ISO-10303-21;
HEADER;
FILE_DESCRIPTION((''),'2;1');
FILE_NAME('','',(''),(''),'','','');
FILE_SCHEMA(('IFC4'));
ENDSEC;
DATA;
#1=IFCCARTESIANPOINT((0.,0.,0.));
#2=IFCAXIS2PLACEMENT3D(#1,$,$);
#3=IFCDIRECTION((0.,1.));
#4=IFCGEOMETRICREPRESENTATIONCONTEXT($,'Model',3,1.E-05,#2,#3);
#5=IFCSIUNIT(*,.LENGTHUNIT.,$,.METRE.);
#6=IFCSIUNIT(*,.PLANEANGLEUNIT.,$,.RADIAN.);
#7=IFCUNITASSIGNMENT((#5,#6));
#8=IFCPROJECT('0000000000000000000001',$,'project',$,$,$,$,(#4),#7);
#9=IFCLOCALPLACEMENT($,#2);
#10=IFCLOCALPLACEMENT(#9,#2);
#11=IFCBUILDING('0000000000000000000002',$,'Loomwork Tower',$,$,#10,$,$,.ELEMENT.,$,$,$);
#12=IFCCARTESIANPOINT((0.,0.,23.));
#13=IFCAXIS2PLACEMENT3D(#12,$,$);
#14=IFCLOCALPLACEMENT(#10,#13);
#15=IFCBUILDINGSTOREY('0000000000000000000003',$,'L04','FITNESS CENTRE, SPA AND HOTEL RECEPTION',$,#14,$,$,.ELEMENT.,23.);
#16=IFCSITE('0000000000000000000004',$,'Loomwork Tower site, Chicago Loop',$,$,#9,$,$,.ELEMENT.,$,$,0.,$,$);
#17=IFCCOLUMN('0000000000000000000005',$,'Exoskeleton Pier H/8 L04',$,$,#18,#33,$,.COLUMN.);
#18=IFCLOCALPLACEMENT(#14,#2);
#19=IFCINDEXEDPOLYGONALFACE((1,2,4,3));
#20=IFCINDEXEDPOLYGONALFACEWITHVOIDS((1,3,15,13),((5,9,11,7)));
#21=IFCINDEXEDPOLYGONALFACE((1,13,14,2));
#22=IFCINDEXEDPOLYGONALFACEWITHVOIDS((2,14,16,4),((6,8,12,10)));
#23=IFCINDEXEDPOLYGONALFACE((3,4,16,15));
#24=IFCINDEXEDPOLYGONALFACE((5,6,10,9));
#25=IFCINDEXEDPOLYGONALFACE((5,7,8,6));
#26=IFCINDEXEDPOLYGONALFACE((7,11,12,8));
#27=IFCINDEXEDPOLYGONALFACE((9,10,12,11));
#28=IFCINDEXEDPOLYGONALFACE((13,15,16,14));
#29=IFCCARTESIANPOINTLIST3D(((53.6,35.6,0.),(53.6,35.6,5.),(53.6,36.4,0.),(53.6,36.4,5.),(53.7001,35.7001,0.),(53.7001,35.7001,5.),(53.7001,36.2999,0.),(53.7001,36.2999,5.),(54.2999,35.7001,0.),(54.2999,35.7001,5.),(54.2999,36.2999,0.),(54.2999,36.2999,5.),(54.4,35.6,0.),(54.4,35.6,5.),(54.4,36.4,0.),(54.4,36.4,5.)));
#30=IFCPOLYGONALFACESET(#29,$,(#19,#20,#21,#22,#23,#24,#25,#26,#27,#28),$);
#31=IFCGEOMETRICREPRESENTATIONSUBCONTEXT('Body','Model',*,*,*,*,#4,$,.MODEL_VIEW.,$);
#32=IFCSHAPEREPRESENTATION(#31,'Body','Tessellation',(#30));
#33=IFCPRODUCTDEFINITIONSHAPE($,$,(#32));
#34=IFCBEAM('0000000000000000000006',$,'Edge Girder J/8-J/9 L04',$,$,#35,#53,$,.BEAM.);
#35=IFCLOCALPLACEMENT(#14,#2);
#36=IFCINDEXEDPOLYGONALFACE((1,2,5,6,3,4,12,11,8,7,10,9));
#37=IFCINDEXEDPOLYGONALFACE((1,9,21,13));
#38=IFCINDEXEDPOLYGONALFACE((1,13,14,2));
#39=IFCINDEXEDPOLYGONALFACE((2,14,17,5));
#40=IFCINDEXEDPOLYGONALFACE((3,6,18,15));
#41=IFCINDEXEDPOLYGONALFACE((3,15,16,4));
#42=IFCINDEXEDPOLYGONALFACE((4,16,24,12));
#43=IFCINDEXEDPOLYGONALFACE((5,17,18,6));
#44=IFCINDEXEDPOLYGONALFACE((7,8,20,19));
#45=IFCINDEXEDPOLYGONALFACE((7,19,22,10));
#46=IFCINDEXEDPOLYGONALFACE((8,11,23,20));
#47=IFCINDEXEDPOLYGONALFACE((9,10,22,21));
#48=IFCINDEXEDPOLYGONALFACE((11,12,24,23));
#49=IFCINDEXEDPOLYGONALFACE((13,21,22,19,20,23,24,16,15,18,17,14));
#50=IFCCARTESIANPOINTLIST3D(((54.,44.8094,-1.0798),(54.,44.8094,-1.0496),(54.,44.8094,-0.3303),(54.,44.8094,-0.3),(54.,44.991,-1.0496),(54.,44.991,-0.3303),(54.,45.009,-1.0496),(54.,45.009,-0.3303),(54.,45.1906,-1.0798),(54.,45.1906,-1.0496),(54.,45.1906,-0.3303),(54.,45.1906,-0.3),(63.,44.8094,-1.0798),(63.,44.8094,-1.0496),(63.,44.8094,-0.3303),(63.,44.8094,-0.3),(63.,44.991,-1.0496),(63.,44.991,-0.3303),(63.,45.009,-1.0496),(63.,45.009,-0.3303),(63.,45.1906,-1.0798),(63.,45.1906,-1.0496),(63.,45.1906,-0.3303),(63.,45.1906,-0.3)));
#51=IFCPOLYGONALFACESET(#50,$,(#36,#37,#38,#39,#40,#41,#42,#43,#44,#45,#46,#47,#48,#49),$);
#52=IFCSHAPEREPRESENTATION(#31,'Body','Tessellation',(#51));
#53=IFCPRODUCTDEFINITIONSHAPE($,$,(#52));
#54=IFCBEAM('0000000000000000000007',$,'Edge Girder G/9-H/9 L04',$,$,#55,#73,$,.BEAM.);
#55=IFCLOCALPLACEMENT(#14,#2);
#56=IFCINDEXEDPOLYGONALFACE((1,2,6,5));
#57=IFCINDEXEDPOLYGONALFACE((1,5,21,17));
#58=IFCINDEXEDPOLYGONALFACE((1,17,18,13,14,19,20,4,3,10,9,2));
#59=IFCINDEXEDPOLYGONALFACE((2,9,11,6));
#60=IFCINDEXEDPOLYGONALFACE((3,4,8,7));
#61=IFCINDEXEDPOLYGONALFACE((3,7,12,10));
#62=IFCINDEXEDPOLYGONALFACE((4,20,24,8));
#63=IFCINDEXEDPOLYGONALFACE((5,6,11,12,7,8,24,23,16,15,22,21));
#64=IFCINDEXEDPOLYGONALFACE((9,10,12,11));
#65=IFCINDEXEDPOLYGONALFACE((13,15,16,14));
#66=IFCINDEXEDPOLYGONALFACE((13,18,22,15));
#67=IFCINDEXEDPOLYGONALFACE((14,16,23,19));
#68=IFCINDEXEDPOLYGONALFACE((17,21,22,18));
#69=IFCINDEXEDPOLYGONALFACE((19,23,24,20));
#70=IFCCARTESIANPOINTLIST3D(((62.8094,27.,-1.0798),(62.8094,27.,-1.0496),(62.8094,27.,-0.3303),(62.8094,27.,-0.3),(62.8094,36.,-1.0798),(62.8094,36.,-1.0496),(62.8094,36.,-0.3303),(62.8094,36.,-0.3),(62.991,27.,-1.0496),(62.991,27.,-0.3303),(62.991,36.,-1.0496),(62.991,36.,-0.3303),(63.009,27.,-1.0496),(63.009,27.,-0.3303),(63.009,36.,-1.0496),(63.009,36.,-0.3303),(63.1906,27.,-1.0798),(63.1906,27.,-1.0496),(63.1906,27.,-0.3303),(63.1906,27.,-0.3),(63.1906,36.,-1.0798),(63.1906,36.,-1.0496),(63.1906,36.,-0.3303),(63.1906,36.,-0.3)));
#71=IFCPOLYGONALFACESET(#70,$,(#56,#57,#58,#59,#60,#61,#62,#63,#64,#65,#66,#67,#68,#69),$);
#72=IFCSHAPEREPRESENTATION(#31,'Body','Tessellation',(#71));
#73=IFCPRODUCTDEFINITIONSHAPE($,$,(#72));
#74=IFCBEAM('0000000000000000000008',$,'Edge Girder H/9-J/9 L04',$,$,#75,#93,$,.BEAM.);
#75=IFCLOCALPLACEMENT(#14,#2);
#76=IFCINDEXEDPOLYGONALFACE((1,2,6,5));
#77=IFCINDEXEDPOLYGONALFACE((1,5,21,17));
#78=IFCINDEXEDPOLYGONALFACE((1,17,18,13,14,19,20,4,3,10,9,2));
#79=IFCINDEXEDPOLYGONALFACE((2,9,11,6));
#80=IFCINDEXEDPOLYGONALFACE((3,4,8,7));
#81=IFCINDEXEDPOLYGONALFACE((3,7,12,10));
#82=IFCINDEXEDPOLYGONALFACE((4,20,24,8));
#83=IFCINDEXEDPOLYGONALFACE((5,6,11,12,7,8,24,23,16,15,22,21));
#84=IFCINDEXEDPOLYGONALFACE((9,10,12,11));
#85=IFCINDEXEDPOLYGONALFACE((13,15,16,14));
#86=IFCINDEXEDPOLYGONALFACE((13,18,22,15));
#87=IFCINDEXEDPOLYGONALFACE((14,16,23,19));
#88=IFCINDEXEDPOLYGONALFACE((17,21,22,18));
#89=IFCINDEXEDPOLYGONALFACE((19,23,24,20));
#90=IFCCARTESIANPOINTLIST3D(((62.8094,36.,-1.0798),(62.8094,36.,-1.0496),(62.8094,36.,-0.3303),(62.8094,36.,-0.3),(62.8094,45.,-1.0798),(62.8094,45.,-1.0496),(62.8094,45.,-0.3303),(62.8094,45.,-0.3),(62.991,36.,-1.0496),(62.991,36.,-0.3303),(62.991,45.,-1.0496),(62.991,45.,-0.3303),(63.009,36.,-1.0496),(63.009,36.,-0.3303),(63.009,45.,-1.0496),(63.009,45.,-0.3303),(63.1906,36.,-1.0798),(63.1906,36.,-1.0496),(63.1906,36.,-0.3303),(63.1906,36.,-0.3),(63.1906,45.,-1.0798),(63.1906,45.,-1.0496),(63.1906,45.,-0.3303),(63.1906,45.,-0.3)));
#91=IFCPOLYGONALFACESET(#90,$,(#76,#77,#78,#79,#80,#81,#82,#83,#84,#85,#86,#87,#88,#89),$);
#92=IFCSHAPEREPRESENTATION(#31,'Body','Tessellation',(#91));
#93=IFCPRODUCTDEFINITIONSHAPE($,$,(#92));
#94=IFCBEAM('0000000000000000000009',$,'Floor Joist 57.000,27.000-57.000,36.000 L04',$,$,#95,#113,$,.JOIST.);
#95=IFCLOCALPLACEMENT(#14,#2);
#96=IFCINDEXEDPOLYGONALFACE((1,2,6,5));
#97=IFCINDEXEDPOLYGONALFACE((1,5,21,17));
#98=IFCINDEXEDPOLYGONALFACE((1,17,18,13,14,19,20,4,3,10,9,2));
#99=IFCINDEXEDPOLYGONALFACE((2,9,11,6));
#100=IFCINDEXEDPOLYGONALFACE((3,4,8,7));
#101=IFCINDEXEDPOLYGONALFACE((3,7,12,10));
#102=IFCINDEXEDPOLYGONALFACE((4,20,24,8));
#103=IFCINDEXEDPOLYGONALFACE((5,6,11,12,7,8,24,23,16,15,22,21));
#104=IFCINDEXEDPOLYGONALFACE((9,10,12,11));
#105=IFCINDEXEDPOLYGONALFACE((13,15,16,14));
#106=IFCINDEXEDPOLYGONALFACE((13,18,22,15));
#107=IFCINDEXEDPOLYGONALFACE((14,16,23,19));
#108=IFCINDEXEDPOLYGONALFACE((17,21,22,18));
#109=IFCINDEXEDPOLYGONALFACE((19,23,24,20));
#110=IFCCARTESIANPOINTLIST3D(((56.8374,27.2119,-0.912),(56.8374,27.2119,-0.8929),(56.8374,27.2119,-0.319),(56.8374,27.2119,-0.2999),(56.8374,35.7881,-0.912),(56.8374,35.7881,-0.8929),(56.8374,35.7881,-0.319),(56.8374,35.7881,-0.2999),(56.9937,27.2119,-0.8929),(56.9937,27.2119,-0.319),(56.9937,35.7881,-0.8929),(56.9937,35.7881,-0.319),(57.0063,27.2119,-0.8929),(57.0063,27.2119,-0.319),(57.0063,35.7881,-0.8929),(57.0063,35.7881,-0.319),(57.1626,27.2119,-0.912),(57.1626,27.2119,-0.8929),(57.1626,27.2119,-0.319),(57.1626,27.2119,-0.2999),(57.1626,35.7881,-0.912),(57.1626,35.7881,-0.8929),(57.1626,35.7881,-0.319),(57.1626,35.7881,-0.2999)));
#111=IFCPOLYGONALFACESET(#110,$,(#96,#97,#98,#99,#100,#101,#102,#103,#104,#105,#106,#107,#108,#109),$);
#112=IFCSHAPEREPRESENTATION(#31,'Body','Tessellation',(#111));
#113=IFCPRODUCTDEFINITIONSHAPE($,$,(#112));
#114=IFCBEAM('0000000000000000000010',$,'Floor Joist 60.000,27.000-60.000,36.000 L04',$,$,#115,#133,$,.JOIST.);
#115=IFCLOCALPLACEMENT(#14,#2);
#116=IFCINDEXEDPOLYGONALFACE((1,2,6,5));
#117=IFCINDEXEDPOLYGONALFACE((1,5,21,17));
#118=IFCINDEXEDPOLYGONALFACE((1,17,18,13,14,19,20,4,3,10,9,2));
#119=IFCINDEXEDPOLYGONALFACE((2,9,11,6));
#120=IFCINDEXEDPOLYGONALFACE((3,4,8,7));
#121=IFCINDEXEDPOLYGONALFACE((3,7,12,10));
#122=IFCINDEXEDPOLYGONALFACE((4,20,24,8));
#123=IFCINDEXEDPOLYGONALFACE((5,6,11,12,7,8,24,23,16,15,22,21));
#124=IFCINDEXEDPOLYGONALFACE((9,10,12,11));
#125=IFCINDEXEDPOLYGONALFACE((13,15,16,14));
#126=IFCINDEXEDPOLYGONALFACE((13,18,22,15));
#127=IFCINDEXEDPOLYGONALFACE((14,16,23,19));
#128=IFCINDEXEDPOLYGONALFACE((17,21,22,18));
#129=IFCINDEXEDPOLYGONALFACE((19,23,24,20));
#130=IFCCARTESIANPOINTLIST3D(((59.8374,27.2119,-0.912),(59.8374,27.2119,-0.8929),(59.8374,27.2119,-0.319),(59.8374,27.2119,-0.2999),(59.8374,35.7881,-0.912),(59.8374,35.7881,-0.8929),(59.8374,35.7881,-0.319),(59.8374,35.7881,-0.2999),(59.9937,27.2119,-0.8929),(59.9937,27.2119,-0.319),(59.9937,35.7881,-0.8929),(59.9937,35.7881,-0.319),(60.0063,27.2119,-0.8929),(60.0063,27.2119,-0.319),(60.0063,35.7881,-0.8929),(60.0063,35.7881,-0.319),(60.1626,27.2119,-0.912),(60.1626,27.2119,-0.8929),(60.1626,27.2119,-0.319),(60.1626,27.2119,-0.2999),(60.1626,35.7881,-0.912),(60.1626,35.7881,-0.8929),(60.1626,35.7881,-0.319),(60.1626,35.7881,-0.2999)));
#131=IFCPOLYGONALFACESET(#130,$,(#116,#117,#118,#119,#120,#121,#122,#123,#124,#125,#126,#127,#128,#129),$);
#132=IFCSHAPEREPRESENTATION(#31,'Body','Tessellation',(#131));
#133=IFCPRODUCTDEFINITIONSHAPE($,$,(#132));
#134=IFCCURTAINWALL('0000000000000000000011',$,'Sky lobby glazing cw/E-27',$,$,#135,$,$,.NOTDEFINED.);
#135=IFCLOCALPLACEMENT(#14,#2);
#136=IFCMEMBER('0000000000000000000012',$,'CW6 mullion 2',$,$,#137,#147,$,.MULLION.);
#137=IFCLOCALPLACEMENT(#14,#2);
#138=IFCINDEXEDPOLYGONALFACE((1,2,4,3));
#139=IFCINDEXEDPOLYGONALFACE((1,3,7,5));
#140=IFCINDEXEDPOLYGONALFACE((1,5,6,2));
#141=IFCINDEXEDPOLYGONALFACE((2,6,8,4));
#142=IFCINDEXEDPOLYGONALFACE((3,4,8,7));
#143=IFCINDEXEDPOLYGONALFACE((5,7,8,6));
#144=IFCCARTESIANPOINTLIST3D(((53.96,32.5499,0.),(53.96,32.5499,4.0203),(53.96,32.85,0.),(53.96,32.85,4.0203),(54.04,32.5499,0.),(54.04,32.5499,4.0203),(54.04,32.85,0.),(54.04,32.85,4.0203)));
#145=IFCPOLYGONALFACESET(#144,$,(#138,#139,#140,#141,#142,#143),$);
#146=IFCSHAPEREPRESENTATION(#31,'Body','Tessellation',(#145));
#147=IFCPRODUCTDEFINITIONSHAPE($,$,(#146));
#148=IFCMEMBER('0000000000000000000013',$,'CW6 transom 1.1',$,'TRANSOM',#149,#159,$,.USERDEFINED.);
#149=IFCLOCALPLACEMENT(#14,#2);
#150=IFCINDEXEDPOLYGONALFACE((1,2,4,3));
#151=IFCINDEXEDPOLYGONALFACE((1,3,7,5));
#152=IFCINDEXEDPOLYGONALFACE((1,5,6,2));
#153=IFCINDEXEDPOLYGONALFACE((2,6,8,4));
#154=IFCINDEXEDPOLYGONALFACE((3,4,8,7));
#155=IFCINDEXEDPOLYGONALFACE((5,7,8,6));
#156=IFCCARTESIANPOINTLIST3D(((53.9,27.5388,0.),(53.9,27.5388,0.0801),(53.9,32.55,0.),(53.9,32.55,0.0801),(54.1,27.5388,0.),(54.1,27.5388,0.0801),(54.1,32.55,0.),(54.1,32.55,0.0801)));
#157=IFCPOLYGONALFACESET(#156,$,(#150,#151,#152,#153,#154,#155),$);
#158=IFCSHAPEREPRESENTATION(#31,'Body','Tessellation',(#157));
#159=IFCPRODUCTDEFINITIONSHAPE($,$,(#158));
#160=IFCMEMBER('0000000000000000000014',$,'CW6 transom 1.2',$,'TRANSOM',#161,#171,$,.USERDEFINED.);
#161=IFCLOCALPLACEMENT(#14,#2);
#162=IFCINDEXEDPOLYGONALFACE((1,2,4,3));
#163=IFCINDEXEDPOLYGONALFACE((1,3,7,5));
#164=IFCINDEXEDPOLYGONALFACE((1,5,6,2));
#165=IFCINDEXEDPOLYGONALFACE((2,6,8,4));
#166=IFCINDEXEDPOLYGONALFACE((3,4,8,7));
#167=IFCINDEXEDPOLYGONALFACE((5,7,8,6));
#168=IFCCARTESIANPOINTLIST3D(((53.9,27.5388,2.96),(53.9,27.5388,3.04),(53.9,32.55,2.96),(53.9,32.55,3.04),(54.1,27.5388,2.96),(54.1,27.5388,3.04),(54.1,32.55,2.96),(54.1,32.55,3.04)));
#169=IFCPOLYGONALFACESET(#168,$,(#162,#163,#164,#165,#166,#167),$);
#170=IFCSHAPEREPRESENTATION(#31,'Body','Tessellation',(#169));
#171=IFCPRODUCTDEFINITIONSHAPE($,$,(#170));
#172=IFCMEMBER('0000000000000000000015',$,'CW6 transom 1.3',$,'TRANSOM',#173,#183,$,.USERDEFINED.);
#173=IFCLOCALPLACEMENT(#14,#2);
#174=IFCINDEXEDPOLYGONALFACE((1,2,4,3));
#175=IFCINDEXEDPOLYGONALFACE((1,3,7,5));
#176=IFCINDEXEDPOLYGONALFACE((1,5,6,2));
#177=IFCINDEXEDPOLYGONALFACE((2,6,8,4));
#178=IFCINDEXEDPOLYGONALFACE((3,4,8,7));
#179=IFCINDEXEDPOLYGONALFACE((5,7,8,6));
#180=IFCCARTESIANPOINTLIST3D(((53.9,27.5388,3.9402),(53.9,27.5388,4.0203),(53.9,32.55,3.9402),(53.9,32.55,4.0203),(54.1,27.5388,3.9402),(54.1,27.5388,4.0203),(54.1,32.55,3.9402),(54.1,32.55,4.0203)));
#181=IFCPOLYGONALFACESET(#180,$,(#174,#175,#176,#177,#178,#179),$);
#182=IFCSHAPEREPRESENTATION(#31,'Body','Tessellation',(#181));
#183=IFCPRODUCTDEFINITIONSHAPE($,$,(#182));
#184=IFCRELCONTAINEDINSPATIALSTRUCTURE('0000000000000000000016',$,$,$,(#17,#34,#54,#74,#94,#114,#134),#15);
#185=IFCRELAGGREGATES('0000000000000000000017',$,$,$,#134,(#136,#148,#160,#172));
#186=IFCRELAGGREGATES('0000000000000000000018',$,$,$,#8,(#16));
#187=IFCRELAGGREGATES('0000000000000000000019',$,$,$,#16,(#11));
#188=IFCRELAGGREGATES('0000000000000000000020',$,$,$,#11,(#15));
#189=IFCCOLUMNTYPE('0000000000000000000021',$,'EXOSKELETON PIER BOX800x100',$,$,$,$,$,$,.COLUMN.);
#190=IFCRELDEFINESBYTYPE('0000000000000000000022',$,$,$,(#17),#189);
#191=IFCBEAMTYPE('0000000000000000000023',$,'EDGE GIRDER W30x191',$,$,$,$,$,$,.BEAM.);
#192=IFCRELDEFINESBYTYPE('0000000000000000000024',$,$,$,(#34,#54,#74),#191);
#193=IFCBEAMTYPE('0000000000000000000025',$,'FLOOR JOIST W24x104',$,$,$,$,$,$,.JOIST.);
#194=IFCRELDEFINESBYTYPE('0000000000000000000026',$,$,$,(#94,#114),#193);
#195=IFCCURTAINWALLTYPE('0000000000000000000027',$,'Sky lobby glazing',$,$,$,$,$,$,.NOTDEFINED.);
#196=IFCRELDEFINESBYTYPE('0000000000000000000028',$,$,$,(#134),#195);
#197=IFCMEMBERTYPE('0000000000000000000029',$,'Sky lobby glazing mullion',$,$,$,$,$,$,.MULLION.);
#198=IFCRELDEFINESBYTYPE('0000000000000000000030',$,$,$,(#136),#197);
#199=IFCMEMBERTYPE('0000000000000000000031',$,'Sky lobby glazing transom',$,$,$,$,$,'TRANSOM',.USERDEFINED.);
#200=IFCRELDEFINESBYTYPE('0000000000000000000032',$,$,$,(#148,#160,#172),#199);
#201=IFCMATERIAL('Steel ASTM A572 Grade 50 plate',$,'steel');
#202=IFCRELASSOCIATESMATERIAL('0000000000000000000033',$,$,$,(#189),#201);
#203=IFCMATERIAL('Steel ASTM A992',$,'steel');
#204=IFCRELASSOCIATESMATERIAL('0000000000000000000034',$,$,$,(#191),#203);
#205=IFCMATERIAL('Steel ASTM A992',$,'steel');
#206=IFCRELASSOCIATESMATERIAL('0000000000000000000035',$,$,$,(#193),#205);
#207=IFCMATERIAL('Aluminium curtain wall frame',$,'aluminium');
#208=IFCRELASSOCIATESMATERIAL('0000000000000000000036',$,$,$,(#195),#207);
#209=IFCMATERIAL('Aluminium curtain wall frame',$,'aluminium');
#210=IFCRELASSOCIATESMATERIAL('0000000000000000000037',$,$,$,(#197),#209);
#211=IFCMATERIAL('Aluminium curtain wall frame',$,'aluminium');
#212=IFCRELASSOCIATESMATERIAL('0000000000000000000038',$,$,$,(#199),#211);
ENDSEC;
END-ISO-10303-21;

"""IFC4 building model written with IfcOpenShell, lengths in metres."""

from ifc_helpers import new_model, si_unit, direction, frame, origin, origin_2d, place, context, subcontext, project, spatial, rectangle, hollow_rectangle, i_section, extrude, material, material_profile, profile_set, type_object, element, aggregate, save


model = new_model("IFC4")

# Units and contexts
model_context = context("Model", 3, precision=1e-05, world=origin(), true_north=direction((0.0, 1.0)))
body_context = subcontext(model_context, "Body", "Model", "MODEL_VIEW")
ifc_project = project(units=[si_unit("LENGTHUNIT", "METRE"), si_unit("PLANEANGLEUNIT", "RADIAN")], contexts=[model_context])

# Site, building, storey
site_placement = place(None, origin())
site = spatial("IfcSite", under=ifc_project, at=site_placement, Name="Loomwork Tower site, Chicago Loop", CompositionType="ELEMENT", RefElevation=0.0)
building_placement = place(site_placement, origin())
building = spatial("IfcBuilding", under=site, at=building_placement, Name="Loomwork Tower", CompositionType="ELEMENT")
storey_placement = place(building_placement, frame((0.0, 0.0, 23.0)))
storey = spatial("IfcBuildingStorey", under=building, at=storey_placement, Name="L04", Description="FITNESS CENTRE, SPA AND HOTEL RECEPTION", CompositionType="ELEMENT", Elevation=23.0)

# Column
ifc_material_1 = material(Name="Steel ASTM A572 Grade 50 plate", Category="steel")
ifc_material_profile_1 = material_profile(ifc_material_1, hollow_rectangle(XDim=0.8, YDim=0.8, WallThickness=0.1001, at=origin_2d()), Name="BOX800x100")
ifc_profile_set_1 = profile_set([ifc_material_profile_1], Name="Steel ASTM A572 Grade 50 plate")
column_type = type_object("IfcColumnType", Name="EXOSKELETON PIER BOX800x100", PredefinedType="COLUMN", material=ifc_profile_set_1)
column_placement = place(storey_placement, frame((54.0, 36.0, 0.0), z_axis=(0.0, 0.0, 1.0), x_axis=(1.0, 0.0, 0.0)))
element("IfcColumn", 1, at=column_placement, inside=storey, type_object=column_type, Name="Exoskeleton Pier H/8 L04", PredefinedType="COLUMN", context=body_context, shape_type="SweptSolid", body=[
    extrude(hollow_rectangle(XDim=0.8, YDim=0.8, WallThickness=0.1001, at=origin_2d()), origin(), (0.0, 0.0, 1.0), 5.0),
])

# Beams
ifc_material_2 = material(Name="Steel ASTM A992", Category="steel")
ifc_material_profile_2 = material_profile(ifc_material_2, i_section(OverallWidth=0.3811, OverallDepth=0.7798, WebThickness=0.0181, FlangeThickness=0.0303, at=origin_2d()), Name="W30x191")
ifc_profile_set_2 = profile_set([ifc_material_profile_2], Name="Steel ASTM A992")
beam_type_1 = type_object("IfcBeamType", Name="EDGE GIRDER W30x191", PredefinedType="BEAM", material=ifc_profile_set_2)
for number, where, z_axis, x_axis, name in (
    (2, (54.0, 45.0, -0.6899), (1.0, 0.0, 0.0), (0.0, 1.0, 0.0), "Edge Girder J/8-J/9 L04"),
    (3, (63.0, 27.0, -0.6899), (0.0, 1.0, 0.0), (-1.0, 0.0, 0.0), "Edge Girder G/9-H/9 L04"),
    (4, (63.0, 36.0, -0.6899), (0.0, 1.0, 0.0), (-1.0, 0.0, 0.0), "Edge Girder H/9-J/9 L04"),
):
    element("IfcBeam", number, at=place(storey_placement, frame(where, z_axis=z_axis, x_axis=x_axis)), inside=storey, type_object=beam_type_1, Name=name, PredefinedType="BEAM", context=body_context, shape_type="SweptSolid", body=[
        extrude(i_section(OverallWidth=0.3811, OverallDepth=0.7798, WebThickness=0.0181, FlangeThickness=0.0303, at=origin_2d()), origin(), (0.0, 0.0, 1.0), 9.0),
    ])
ifc_material_3 = material(Name="Steel ASTM A992", Category="steel")
ifc_material_profile_3 = material_profile(ifc_material_3, i_section(OverallWidth=0.3252, OverallDepth=0.6121, WebThickness=0.0127, FlangeThickness=0.019, at=origin_2d()), Name="W24x104")
ifc_profile_set_3 = profile_set([ifc_material_profile_3], Name="Steel ASTM A992")
beam_type_2 = type_object("IfcBeamType", Name="FLOOR JOIST W24x104", PredefinedType="JOIST", material=ifc_profile_set_3)
for number, where, z_axis, x_axis, name in (
    (5, (57.0, 27.2119, -0.606), (0.0, 1.0, 0.0), (-1.0, 0.0, 0.0), "Floor Joist 57.000,27.000-57.000,36.000 L04"),
    (6, (60.0, 27.2119, -0.606), (0.0, 1.0, 0.0), (-1.0, 0.0, 0.0), "Floor Joist 60.000,27.000-60.000,36.000 L04"),
):
    element("IfcBeam", number, at=place(storey_placement, frame(where, z_axis=z_axis, x_axis=x_axis)), inside=storey, type_object=beam_type_2, Name=name, PredefinedType="JOIST", context=body_context, shape_type="SweptSolid", body=[
        extrude(i_section(OverallWidth=0.3252, OverallDepth=0.6121, WebThickness=0.0127, FlangeThickness=0.019, at=origin_2d()), origin(), (0.0, 0.0, 1.0), 8.5762),
    ])

# Curtain wall, members
ifc_material_4 = material(Name="Aluminium curtain wall frame", Category="aluminium")
curtain_wall_type = type_object("IfcCurtainWallType", Name="Sky lobby glazing", PredefinedType="NOTDEFINED", material=ifc_material_4)
curtain_wall_placement = place(storey_placement, origin())
curtain_wall = element("IfcCurtainWall", 7, at=curtain_wall_placement, inside=storey, type_object=curtain_wall_type, Name="Sky lobby glazing cw/E-27", PredefinedType="NOTDEFINED")
ifc_material_5 = material(Name="Aluminium curtain wall frame", Category="aluminium")
ifc_material_profile_4 = material_profile(ifc_material_5, rectangle(XDim=0.0801, YDim=0.3, at=origin_2d()), Name="AL 80x300")
ifc_profile_set_4 = profile_set([ifc_material_profile_4], Name="Aluminium curtain wall frame")
member_type_1 = type_object("IfcMemberType", Name="Sky lobby glazing mullion", PredefinedType="MULLION", material=ifc_profile_set_4)
member_1_placement = place(storey_placement, frame((54.0, 32.7, 0.0), z_axis=(0.0, 0.0, 1.0), x_axis=(-1.0, 0.0, 0.0)))
member_1 = element("IfcMember", 8, at=member_1_placement, type_object=member_type_1, Name="CW6 mullion 2", PredefinedType="MULLION", context=body_context, shape_type="SweptSolid", body=[
    extrude(rectangle(XDim=0.0801, YDim=0.3, at=origin_2d()), origin(), (0.0, 0.0, 1.0), 4.0203),
])
ifc_material_6 = material(Name="Aluminium curtain wall frame", Category="aluminium")
ifc_material_profile_5 = material_profile(ifc_material_6, rectangle(XDim=0.2, YDim=0.0801, at=origin_2d()), Name="AL 80x200")
ifc_profile_set_5 = profile_set([ifc_material_profile_5], Name="Aluminium curtain wall frame")
member_type_2 = type_object("IfcMemberType", Name="Sky lobby glazing transom", ElementType="TRANSOM", PredefinedType="USERDEFINED", material=ifc_profile_set_5)
member_2_placement = place(storey_placement, frame((54.0, 27.5388, 0.04), z_axis=(0.0, 1.0, 0.0), x_axis=(-1.0, 0.0, 0.0)))
member_2 = element("IfcMember", 9, at=member_2_placement, type_object=member_type_2, Name="CW6 transom 1.1", ObjectType="TRANSOM", PredefinedType="USERDEFINED", context=body_context, shape_type="SweptSolid", body=[
    extrude(rectangle(XDim=0.2, YDim=0.0801, at=origin_2d()), origin(), (0.0, 0.0, 1.0), 5.0112),
])
member_3_placement = place(storey_placement, frame((54.0, 27.5388, 3.0), z_axis=(0.0, 1.0, 0.0), x_axis=(-1.0, 0.0, 0.0)))
member_3 = element("IfcMember", 10, at=member_3_placement, type_object=member_type_2, Name="CW6 transom 1.2", ObjectType="TRANSOM", PredefinedType="USERDEFINED", context=body_context, shape_type="SweptSolid", body=[
    extrude(rectangle(XDim=0.2, YDim=0.0801, at=origin_2d()), origin(), (0.0, 0.0, 1.0), 5.0112),
])
member_4_placement = place(storey_placement, frame((54.0, 27.5388, 3.9802), z_axis=(0.0, 1.0, 0.0), x_axis=(-1.0, 0.0, 0.0)))
member_4 = element("IfcMember", 11, at=member_4_placement, type_object=member_type_2, Name="CW6 transom 1.3", ObjectType="TRANSOM", PredefinedType="USERDEFINED", context=body_context, shape_type="SweptSolid", body=[
    extrude(rectangle(XDim=0.2, YDim=0.0801, at=origin_2d()), origin(), (0.0, 0.0, 1.0), 5.0112),
])

aggregate(curtain_wall, [member_1, member_2, member_3, member_4])

save(model, "model.ifc")
